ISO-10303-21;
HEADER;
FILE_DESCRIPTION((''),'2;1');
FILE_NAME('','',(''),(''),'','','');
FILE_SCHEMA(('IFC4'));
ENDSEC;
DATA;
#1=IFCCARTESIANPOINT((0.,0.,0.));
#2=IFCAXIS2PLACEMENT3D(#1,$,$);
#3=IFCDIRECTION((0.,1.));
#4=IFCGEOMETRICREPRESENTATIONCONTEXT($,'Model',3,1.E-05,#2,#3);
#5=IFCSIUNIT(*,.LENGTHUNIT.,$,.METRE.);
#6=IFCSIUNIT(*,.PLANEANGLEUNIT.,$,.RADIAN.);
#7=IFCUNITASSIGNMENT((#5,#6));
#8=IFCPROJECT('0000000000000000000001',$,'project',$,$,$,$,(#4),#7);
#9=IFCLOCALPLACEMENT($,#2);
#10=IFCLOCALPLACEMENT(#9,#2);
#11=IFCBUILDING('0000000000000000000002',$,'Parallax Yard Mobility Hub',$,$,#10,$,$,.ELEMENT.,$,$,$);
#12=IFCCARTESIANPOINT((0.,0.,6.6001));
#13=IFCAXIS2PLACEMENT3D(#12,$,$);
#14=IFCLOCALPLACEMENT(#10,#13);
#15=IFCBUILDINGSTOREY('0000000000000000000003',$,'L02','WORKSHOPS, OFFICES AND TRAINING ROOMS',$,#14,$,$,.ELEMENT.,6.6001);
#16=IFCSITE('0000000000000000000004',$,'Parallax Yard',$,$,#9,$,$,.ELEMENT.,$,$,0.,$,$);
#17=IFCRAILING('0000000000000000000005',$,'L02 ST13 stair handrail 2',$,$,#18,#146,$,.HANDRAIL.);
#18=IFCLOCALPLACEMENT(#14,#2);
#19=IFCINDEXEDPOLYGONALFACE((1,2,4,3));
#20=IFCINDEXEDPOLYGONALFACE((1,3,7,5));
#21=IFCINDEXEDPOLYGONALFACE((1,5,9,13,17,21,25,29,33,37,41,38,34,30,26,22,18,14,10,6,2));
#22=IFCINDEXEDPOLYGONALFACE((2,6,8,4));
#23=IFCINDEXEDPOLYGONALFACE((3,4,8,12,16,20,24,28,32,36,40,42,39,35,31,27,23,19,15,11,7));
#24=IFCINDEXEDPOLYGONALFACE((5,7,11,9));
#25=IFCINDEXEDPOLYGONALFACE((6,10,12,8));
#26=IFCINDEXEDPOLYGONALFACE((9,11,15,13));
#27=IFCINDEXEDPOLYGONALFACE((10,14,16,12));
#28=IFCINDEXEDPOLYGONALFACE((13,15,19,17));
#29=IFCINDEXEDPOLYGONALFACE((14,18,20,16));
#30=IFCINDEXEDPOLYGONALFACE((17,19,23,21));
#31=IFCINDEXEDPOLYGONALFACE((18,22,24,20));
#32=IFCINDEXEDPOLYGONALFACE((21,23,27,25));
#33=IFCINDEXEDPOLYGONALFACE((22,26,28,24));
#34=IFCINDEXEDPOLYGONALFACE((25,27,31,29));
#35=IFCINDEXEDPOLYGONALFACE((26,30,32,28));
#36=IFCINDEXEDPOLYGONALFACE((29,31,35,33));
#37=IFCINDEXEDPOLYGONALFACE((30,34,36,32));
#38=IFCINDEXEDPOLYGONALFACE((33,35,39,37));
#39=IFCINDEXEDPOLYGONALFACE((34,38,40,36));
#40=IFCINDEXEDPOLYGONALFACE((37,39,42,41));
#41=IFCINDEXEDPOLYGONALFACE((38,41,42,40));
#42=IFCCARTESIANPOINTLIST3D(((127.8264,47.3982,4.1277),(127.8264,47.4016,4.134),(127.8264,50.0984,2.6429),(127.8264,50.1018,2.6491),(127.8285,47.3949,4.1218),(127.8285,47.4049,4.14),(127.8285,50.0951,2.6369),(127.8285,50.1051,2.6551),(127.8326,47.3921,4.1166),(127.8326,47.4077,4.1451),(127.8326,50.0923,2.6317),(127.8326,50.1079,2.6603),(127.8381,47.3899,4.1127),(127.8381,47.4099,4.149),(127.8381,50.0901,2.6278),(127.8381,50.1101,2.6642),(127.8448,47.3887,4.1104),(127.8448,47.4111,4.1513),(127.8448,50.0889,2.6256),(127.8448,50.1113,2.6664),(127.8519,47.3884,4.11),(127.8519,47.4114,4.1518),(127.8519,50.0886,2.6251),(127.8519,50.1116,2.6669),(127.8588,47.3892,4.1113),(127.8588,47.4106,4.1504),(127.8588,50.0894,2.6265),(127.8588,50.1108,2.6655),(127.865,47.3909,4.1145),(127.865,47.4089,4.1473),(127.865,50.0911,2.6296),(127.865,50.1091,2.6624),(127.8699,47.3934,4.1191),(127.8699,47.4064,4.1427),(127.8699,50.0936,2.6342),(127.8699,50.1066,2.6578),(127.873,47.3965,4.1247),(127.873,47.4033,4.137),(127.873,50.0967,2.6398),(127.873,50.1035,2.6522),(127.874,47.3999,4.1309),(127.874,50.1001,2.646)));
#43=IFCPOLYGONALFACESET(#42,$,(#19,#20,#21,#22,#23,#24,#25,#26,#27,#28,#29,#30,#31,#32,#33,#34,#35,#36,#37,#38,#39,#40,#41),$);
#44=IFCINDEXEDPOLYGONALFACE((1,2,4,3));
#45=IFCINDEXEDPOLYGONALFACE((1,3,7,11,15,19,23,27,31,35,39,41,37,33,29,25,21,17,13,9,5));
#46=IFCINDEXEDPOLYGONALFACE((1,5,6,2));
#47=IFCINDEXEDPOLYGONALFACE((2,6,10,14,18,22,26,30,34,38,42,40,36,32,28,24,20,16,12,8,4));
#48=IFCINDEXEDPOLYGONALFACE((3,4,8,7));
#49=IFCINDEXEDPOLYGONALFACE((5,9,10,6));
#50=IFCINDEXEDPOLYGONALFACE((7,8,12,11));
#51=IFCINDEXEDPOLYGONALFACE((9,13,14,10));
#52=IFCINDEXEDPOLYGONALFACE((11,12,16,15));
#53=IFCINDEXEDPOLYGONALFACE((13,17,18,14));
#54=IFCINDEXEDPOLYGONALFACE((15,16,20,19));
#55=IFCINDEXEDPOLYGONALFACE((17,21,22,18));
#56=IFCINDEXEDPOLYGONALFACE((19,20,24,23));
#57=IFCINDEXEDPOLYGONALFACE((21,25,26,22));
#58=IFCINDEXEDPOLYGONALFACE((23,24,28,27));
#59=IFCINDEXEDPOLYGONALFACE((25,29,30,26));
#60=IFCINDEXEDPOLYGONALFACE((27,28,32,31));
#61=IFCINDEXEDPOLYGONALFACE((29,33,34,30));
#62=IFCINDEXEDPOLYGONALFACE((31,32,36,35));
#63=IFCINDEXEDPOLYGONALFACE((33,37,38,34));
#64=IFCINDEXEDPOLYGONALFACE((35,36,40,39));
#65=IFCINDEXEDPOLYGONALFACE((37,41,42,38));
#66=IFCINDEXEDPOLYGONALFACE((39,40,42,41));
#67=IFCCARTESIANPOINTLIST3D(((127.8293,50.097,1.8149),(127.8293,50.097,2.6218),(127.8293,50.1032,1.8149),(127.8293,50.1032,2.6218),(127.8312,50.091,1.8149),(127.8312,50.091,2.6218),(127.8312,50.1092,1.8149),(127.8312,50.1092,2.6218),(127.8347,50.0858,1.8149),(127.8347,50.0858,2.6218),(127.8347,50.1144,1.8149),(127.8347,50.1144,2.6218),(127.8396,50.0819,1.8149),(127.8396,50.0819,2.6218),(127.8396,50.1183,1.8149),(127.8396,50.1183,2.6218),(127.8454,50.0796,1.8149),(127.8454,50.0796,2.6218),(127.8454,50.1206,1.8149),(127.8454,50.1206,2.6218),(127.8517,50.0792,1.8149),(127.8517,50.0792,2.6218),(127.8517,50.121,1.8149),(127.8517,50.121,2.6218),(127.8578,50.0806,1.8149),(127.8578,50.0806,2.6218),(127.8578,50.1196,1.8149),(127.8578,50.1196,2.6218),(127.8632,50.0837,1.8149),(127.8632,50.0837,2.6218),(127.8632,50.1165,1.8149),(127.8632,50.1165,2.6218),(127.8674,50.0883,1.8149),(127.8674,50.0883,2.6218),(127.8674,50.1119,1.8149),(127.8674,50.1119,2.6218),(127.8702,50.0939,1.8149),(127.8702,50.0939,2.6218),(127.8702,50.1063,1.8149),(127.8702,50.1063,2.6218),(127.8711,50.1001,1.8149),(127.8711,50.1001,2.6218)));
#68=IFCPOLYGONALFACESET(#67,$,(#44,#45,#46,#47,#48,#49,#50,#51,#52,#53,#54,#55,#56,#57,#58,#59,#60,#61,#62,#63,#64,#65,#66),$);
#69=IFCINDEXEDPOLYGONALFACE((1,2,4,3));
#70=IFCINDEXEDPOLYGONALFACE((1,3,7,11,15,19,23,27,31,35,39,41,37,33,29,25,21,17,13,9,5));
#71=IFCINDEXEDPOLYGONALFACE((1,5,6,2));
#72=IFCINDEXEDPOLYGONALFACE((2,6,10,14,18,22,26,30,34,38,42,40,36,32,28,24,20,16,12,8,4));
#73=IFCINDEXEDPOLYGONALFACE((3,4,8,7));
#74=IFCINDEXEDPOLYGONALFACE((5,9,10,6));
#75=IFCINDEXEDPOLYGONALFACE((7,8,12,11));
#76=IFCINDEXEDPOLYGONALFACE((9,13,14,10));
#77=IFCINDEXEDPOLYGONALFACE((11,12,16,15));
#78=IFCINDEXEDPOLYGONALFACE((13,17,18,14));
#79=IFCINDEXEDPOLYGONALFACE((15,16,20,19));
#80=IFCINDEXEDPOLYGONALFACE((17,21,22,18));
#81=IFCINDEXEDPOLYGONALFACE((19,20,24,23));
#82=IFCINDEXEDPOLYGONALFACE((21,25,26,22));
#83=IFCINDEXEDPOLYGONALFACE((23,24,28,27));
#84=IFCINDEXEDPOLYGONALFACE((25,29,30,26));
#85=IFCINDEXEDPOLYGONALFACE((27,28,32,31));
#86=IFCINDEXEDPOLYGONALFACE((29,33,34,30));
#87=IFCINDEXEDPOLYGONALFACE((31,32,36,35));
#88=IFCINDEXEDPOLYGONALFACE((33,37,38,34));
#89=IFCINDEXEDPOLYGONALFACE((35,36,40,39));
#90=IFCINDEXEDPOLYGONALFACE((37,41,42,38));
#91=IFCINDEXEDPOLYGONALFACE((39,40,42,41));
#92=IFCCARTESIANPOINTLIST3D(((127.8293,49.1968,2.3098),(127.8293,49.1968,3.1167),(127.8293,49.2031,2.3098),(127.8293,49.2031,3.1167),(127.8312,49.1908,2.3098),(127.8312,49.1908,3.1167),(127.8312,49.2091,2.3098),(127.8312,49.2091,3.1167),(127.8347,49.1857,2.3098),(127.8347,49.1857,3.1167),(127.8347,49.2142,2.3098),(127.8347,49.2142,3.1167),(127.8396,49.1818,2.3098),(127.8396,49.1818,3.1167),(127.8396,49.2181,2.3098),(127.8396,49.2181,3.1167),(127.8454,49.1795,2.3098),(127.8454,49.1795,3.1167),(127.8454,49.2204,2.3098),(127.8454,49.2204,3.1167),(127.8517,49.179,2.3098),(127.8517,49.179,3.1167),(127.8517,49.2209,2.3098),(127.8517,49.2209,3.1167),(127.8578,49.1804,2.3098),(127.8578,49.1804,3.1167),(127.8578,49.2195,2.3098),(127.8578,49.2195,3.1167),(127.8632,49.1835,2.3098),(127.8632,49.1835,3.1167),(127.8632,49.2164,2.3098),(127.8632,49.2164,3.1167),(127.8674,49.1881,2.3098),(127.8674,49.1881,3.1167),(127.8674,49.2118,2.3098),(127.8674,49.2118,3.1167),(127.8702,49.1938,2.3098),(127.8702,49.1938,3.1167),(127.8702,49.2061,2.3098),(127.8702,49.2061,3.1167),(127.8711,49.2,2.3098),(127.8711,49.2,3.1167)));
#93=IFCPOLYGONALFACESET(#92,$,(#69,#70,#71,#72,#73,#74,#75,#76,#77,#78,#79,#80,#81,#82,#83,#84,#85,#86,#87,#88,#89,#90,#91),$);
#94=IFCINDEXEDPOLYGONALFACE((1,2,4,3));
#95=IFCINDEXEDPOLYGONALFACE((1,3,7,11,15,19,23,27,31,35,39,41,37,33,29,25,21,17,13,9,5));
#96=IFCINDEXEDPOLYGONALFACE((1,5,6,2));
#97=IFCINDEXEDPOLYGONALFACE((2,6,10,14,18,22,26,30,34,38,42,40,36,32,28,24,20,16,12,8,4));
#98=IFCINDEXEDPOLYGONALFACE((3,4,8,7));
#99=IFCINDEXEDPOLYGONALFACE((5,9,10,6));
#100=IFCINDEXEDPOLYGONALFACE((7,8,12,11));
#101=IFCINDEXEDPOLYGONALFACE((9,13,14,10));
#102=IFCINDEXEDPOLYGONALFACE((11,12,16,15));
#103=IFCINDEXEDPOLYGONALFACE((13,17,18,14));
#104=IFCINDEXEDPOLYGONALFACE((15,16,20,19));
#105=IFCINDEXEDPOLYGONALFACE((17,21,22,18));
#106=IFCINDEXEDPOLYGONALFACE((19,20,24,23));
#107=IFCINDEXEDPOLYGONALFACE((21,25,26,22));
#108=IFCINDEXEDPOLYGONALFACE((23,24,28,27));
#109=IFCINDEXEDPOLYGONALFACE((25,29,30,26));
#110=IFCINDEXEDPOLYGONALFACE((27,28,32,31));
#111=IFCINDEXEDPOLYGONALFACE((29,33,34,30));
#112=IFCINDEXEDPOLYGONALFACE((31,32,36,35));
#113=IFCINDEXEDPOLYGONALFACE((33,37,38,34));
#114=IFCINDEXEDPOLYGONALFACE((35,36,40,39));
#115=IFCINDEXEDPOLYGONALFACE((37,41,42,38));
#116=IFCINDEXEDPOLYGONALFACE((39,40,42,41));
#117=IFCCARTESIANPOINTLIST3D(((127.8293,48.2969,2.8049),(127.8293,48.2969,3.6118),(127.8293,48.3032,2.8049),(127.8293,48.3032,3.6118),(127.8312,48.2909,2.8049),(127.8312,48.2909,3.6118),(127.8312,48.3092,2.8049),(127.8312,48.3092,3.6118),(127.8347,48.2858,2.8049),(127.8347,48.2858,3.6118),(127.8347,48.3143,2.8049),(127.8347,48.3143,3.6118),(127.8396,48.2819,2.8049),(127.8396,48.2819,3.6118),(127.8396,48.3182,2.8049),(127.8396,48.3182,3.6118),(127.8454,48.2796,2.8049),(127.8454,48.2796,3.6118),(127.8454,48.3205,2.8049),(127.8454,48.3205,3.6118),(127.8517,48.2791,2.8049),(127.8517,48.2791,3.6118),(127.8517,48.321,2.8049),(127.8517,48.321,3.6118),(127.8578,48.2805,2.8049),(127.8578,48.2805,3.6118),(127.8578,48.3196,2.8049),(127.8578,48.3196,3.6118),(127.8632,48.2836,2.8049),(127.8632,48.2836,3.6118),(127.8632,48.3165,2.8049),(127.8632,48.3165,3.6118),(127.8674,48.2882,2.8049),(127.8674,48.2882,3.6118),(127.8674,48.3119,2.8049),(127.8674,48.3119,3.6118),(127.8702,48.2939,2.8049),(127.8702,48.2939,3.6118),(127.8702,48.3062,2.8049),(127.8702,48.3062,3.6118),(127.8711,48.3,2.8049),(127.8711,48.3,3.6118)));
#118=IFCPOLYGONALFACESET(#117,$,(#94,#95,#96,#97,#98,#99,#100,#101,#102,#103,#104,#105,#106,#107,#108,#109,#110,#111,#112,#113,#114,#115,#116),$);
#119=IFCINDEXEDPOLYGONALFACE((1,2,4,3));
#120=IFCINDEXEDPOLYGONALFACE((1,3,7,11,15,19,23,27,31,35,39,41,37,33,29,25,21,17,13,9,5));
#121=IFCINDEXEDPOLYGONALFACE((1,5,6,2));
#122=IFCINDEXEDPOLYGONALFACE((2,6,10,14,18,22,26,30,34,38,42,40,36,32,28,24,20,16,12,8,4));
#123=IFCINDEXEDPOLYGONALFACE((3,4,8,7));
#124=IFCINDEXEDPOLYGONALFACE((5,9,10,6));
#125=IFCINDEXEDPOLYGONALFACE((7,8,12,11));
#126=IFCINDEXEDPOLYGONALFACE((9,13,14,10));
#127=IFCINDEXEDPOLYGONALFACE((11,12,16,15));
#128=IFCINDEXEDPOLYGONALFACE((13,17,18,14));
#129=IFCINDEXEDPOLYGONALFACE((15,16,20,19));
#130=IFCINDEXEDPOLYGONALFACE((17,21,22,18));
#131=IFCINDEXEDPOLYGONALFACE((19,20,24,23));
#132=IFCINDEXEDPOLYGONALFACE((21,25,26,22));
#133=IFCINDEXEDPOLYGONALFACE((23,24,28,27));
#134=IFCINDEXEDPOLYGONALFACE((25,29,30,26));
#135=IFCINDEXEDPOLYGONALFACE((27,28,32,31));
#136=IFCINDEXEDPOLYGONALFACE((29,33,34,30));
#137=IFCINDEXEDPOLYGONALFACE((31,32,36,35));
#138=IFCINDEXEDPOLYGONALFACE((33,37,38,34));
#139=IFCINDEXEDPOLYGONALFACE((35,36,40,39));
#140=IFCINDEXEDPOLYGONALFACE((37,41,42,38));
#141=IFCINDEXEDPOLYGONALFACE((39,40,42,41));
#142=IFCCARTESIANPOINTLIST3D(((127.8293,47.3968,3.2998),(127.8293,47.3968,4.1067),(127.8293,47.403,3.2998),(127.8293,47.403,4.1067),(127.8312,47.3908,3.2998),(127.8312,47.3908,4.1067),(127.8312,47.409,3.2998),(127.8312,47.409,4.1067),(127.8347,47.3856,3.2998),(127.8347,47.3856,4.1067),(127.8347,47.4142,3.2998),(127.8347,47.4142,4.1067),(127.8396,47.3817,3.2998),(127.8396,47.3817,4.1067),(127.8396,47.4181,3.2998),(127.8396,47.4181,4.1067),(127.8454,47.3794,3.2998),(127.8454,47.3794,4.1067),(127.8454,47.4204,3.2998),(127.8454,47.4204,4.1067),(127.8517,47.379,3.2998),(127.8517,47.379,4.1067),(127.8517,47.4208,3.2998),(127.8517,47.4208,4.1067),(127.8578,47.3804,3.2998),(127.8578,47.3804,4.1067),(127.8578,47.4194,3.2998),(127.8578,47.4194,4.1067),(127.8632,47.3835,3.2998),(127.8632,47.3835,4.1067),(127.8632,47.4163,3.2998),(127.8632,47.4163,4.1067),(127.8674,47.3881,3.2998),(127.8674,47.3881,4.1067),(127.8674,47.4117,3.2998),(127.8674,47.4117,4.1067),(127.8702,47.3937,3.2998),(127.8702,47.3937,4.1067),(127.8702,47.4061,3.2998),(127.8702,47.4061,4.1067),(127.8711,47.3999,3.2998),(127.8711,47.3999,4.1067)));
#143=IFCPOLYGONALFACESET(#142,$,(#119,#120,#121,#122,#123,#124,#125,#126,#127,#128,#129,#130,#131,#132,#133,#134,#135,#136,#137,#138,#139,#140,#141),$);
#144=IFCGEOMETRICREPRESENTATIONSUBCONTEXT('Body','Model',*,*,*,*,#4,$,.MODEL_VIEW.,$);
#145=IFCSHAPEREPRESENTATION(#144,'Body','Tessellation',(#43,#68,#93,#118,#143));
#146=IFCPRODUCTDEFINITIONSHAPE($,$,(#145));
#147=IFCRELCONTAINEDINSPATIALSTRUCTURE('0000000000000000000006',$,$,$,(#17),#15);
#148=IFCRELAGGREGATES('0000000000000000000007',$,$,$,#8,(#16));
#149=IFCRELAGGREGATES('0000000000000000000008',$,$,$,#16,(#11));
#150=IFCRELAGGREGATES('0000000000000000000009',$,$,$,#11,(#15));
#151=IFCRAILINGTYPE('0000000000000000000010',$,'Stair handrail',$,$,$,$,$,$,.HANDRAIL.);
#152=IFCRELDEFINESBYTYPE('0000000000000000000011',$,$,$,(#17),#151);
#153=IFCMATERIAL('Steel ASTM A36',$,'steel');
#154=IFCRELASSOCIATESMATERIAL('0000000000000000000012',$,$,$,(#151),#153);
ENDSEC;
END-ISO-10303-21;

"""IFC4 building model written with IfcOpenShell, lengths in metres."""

from ifc_helpers import new_model, si_unit, direction, frame, origin, origin_2d, place, context, subcontext, project, spatial, circle, extrude, material, type_object, element, save


model = new_model("IFC4")

# Units and contexts
model_context = context("Model", 3, precision=1e-05, world=origin(), true_north=direction((0.0, 1.0)))
body_context = subcontext(model_context, "Body", "Model", "MODEL_VIEW")
ifc_project = project(units=[si_unit("LENGTHUNIT", "METRE"), si_unit("PLANEANGLEUNIT", "RADIAN")], contexts=[model_context])

# Site, building, storey
site_placement = place(None, origin())
site = spatial("IfcSite", under=ifc_project, at=site_placement, Name="Parallax Yard", CompositionType="ELEMENT", RefElevation=0.0)
building_placement = place(site_placement, origin())
building = spatial("IfcBuilding", under=site, at=building_placement, Name="Parallax Yard Mobility Hub", CompositionType="ELEMENT")
storey_placement = place(building_placement, frame((0.0, 0.0, 6.6001)))
storey = spatial("IfcBuildingStorey", under=building, at=storey_placement, Name="L02", Description="WORKSHOPS, OFFICES AND TRAINING ROOMS", CompositionType="ELEMENT", Elevation=6.6001)

# Railing
ifc_material_1 = material(Name="Steel ASTM A36", Category="steel")
railing_type_1 = type_object("IfcRailingType", Name="Stair handrail", PredefinedType="HANDRAIL", material=ifc_material_1)
railing_1_placement = place(storey_placement, frame((127.8501, 50.1001, 1.8149)))
element("IfcRailing", 1, at=railing_1_placement, inside=storey, type_object=railing_type_1, Name="L02 ST13 stair handrail 2", PredefinedType="HANDRAIL", context=body_context, shape_type="SweptSolid", body=[
    extrude(circle(Radius=0.0239, at=origin_2d()), frame((0.0, 0.0, 0.8311), z_axis=(0.0, -0.876249, 0.481858), x_axis=(1.0, 0.0, 0.0)), (0.0, 0.0, 1.0), 3.0815),
    extrude(circle(Radius=0.021, at=origin_2d()), origin(), (0.0, 0.0, 1.0), 0.8069),
    extrude(circle(Radius=0.021, at=origin_2d()), frame((0.0, -0.9001, 0.4949)), (0.0, 0.0, 1.0), 0.8069),
    extrude(circle(Radius=0.021, at=origin_2d()), frame((0.0, -1.8, 0.99)), (0.0, 0.0, 1.0), 0.8069),
    extrude(circle(Radius=0.021, at=origin_2d()), frame((0.0, -2.7002, 1.4849)), (0.0, 0.0, 1.0), 0.8069),
])

save(model, "model.ifc")
